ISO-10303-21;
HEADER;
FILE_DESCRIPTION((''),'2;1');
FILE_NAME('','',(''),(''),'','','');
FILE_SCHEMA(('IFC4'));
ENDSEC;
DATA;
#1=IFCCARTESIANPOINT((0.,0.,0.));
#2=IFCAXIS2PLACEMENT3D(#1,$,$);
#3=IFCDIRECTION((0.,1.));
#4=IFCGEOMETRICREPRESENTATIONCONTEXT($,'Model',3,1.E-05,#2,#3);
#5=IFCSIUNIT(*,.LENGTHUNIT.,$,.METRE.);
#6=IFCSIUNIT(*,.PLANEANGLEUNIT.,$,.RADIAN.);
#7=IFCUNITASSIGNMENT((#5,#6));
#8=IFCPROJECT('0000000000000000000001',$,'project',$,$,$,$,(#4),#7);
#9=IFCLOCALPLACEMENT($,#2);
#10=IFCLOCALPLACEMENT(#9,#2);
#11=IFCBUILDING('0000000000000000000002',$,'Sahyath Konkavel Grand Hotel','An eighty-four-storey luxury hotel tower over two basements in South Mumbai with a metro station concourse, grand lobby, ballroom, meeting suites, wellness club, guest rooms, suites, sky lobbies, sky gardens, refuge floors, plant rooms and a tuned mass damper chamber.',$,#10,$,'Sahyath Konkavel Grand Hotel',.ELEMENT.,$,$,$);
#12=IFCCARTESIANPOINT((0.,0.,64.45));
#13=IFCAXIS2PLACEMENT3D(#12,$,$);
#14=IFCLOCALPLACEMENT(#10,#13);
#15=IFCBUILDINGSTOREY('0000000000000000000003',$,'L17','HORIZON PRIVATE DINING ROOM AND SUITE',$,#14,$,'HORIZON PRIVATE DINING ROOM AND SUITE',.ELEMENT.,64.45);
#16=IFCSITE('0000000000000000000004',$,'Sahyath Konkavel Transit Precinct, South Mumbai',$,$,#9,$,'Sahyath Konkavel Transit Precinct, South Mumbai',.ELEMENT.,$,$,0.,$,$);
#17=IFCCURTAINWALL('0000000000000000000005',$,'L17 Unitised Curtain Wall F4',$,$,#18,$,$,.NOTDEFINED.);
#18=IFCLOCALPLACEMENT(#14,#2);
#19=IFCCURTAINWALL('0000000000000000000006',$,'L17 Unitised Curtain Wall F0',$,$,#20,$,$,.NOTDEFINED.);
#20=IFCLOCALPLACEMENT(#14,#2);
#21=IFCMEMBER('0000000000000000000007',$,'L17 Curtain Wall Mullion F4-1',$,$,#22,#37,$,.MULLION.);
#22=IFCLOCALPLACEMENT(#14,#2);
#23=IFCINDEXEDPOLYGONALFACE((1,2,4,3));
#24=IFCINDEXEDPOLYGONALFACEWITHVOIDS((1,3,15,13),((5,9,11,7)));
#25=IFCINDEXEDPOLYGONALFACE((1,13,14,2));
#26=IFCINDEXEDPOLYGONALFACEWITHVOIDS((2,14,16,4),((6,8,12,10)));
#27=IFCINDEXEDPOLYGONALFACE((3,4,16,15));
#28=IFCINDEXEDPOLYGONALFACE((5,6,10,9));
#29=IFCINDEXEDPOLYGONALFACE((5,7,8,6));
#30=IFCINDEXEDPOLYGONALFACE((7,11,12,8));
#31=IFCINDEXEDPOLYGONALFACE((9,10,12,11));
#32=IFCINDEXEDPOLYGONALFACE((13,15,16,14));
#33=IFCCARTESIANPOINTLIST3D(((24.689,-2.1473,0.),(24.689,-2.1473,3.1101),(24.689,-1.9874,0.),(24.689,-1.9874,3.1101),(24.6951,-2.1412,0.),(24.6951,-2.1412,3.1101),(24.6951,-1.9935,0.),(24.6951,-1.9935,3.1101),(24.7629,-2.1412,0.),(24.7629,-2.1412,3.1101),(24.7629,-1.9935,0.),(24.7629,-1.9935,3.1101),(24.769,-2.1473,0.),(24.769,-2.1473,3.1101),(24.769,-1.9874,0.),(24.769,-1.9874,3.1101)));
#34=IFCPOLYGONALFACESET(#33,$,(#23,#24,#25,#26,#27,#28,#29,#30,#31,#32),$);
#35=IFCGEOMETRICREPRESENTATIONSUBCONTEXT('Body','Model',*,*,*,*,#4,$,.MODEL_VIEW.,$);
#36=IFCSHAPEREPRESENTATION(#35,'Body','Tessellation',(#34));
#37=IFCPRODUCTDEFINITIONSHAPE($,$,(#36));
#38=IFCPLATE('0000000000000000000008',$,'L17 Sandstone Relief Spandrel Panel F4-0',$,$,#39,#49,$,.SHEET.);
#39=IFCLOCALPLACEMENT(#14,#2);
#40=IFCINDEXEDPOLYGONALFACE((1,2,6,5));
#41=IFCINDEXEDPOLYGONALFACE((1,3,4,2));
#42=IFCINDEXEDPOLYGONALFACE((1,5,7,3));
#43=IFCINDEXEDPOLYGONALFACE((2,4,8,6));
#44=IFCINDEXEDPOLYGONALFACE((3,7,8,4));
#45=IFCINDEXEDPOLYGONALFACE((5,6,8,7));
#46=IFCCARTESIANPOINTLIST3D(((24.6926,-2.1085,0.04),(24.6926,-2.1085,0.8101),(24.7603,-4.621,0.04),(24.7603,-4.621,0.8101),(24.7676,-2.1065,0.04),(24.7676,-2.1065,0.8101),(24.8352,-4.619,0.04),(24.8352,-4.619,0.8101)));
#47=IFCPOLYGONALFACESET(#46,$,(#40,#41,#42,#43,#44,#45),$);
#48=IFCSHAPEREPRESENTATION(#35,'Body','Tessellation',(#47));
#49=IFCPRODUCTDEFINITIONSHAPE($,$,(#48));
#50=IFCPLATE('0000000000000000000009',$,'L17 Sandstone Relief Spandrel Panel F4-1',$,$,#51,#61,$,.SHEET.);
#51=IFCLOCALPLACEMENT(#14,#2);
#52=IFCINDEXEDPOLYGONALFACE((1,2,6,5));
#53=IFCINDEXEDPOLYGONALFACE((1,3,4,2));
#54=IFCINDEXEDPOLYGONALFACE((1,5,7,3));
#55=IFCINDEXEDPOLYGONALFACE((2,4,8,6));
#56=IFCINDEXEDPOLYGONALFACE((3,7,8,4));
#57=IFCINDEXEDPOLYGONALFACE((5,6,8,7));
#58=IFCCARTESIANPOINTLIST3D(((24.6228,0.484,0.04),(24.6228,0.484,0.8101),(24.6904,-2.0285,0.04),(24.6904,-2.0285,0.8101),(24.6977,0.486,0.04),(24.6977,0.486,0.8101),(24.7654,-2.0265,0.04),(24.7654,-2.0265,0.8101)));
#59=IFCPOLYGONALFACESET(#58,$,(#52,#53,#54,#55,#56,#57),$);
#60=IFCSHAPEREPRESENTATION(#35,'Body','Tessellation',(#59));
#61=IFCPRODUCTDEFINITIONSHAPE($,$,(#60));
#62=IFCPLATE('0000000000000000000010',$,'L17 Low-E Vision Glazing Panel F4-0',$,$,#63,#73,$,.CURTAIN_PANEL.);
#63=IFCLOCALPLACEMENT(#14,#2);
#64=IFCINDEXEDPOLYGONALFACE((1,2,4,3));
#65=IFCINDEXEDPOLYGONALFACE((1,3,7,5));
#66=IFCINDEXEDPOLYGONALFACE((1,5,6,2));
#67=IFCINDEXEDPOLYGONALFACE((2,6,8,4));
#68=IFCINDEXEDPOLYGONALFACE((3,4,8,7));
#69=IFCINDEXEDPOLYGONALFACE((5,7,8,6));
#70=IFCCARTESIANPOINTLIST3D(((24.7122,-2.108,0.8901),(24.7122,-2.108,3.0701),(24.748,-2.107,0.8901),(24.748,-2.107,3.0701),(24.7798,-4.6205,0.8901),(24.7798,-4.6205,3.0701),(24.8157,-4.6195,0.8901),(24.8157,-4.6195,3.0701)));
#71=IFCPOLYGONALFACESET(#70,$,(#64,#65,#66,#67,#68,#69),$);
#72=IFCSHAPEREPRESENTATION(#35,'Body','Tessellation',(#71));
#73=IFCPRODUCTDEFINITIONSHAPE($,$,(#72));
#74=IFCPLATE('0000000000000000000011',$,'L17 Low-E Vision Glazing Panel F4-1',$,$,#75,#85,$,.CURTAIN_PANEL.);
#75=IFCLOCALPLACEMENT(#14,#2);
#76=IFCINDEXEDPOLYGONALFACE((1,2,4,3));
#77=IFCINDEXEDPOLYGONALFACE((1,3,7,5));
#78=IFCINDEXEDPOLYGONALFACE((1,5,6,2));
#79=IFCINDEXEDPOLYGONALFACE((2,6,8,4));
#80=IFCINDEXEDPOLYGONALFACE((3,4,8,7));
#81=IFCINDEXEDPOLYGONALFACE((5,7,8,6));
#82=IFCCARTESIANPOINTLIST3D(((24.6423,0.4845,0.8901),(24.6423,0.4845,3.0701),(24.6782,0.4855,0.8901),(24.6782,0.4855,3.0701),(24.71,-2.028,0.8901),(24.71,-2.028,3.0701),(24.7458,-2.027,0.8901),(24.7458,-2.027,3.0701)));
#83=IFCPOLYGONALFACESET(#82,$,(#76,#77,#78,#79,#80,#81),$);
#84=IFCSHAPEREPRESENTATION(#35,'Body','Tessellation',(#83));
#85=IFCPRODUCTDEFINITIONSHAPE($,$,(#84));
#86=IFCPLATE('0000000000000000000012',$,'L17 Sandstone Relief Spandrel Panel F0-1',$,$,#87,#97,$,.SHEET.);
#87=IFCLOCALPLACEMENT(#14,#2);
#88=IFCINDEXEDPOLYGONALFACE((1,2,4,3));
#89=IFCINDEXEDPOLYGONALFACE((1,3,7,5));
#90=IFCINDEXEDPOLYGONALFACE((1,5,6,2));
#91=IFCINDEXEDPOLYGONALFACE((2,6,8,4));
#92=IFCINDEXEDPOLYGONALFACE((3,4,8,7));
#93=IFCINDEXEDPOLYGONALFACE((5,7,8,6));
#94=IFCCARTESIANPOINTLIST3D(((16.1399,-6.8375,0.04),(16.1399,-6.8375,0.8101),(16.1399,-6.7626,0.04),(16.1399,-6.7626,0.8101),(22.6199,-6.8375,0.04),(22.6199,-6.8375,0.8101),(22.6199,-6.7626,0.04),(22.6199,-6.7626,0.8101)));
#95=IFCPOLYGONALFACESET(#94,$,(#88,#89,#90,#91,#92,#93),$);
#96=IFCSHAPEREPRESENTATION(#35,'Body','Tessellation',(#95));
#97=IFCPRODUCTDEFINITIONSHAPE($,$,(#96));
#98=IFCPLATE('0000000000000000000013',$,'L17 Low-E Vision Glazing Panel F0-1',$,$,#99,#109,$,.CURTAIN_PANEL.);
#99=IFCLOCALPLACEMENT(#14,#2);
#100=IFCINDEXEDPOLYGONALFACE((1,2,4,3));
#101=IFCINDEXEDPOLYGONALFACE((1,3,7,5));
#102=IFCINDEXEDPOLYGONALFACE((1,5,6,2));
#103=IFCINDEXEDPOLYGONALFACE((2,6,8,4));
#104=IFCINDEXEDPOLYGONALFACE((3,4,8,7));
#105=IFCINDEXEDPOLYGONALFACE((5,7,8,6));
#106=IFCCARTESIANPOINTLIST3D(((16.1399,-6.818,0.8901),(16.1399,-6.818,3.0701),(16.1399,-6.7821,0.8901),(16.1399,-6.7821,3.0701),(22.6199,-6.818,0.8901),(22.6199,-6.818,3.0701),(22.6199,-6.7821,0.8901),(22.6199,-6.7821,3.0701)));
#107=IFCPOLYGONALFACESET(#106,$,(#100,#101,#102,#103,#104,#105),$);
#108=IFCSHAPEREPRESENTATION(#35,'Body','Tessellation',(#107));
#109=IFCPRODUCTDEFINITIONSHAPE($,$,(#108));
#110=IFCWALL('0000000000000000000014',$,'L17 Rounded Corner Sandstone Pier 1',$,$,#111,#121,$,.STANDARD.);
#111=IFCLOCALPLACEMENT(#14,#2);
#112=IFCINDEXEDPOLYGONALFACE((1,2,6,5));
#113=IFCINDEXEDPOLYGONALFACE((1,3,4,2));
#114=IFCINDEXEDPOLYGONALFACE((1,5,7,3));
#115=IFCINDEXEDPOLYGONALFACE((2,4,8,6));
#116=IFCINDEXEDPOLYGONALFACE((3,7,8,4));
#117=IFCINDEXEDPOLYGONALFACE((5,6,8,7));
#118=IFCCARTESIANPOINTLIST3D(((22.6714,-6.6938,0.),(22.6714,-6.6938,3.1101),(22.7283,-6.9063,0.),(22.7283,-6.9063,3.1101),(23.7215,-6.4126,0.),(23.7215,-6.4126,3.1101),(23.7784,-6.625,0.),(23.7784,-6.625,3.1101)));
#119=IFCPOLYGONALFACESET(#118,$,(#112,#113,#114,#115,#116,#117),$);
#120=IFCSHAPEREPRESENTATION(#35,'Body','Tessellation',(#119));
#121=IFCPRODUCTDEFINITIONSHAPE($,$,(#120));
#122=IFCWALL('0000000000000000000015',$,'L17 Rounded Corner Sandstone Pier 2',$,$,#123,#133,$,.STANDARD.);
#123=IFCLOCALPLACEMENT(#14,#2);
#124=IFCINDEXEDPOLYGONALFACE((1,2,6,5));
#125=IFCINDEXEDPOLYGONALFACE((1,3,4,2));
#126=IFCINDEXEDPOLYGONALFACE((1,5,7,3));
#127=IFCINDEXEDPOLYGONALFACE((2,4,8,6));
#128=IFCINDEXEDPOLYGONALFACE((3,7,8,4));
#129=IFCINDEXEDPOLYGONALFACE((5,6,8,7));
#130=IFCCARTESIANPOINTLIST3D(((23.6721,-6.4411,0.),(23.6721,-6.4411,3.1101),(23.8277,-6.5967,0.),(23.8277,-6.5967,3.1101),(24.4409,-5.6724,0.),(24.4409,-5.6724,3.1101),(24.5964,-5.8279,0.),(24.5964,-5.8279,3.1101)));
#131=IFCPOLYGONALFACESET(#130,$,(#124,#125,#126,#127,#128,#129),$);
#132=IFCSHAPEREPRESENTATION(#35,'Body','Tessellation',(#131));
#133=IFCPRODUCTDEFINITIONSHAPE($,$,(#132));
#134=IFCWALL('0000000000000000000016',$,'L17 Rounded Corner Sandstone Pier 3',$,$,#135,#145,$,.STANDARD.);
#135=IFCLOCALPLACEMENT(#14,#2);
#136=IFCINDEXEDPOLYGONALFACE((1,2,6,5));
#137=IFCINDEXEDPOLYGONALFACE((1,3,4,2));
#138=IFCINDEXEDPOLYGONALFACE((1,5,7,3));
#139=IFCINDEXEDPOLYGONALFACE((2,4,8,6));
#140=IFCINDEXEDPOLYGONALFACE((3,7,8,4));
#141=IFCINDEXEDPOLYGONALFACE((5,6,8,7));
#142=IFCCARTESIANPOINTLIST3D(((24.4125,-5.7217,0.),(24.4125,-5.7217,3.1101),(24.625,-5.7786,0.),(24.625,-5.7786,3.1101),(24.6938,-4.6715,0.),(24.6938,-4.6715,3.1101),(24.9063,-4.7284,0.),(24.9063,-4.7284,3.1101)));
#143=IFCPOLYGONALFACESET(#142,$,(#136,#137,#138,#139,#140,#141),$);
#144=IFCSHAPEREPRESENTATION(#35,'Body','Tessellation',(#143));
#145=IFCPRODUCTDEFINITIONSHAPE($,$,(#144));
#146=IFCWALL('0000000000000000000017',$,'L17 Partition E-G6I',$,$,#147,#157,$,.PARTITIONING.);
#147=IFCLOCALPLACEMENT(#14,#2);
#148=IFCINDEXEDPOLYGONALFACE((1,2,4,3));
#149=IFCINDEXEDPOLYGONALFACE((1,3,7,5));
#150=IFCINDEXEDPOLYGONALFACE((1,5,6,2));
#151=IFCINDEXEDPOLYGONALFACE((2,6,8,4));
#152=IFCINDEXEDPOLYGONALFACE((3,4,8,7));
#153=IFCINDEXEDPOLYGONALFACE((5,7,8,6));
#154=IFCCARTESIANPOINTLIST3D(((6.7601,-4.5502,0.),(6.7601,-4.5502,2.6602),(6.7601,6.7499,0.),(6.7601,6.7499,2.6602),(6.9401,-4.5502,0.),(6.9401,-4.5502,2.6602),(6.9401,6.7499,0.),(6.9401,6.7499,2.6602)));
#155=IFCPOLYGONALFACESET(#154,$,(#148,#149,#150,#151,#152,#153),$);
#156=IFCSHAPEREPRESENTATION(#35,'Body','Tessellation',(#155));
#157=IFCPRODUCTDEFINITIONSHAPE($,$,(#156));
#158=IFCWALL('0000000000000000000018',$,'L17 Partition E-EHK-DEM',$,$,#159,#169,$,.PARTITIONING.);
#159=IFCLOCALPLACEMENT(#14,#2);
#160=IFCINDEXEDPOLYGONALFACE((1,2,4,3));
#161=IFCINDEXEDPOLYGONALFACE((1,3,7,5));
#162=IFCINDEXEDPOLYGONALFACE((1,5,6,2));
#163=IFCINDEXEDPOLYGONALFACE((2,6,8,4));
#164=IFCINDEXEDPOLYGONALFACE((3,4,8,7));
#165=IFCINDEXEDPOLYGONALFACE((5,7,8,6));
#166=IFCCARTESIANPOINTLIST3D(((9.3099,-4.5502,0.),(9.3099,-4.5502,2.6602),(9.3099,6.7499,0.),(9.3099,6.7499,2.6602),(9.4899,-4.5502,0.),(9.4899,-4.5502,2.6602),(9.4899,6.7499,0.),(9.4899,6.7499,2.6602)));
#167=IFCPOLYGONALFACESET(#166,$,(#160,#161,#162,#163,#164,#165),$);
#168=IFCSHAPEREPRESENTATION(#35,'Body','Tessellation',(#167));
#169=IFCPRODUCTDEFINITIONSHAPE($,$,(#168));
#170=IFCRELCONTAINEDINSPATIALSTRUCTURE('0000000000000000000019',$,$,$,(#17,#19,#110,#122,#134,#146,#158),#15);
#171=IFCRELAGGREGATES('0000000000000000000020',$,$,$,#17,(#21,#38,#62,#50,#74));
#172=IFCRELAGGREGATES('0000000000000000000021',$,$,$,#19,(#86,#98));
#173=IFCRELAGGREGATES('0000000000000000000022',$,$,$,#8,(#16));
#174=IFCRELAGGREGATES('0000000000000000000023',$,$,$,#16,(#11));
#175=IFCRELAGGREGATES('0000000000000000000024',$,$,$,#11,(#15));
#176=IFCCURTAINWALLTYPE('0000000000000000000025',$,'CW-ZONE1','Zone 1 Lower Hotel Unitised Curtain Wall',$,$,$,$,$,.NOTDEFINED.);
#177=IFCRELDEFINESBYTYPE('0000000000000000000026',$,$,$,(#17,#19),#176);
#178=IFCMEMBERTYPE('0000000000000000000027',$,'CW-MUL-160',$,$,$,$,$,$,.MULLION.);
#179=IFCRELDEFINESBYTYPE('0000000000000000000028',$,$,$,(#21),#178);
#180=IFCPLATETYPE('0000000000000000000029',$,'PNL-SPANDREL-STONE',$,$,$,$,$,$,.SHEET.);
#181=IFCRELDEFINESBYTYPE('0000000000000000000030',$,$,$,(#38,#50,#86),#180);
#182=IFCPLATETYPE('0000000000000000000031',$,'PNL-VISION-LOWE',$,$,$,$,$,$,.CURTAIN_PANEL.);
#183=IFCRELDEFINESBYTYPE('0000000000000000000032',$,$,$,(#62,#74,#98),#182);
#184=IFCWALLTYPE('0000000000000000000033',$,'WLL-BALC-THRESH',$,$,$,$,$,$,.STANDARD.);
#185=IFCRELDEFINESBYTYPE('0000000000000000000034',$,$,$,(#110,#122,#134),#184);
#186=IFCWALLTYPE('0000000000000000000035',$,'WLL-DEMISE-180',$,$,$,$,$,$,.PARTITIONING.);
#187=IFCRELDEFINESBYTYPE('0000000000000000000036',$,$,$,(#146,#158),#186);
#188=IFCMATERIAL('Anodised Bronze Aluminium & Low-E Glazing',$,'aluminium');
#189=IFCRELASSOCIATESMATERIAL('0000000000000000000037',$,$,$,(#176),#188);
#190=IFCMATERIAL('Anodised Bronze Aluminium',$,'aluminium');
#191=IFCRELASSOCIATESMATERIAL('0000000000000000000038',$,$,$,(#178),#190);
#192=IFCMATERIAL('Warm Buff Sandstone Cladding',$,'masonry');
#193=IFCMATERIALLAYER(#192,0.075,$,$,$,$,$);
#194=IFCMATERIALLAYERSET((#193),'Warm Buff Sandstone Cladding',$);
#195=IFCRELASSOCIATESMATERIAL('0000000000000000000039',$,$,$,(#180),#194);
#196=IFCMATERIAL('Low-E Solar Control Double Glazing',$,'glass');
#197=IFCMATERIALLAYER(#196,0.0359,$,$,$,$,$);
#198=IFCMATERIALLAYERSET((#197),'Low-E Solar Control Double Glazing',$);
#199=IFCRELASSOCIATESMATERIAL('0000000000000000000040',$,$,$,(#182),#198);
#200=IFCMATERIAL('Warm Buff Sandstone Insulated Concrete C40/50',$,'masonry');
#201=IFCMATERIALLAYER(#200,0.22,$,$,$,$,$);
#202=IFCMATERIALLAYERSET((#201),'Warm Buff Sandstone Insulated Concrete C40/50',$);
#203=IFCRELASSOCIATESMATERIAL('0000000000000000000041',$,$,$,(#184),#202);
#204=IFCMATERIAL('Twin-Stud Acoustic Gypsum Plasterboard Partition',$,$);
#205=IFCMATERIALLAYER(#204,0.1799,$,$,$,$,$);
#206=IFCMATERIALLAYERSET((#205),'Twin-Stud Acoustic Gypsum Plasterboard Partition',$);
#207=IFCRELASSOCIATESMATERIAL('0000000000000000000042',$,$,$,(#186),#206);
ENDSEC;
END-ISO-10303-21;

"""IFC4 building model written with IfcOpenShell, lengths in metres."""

from ifc_helpers import new_model, si_unit, direction, frame, frame_2d, origin, origin_2d, place, context, subcontext, project, spatial, rectangle, hollow_rectangle, extrude, source, transform, mapped, material, layer, layer_set, material_profile, profile_set, type_object, element, aggregate, save


model = new_model("IFC4")

# Units and contexts
model_context = context("Model", 3, precision=1e-05, world=origin(), true_north=direction((0.0, 1.0)))
body_context = subcontext(model_context, "Body", "Model", "MODEL_VIEW")
ifc_project = project(units=[si_unit("LENGTHUNIT", "METRE"), si_unit("PLANEANGLEUNIT", "RADIAN")], contexts=[model_context])

# Site, building, storey
site_placement = place(None, origin())
site = spatial("IfcSite", under=ifc_project, at=site_placement, Name="Sahyath Konkavel Transit Precinct, South Mumbai", LongName="Sahyath Konkavel Transit Precinct, South Mumbai", CompositionType="ELEMENT", RefElevation=0.0)
building_placement = place(site_placement, origin())
building = spatial("IfcBuilding", under=site, at=building_placement, Name="Sahyath Konkavel Grand Hotel", Description="An eighty-four-storey luxury hotel tower over two basements in South Mumbai with a metro station concourse, grand lobby, ballroom, meeting suites, wellness club, guest rooms, suites, sky lobbies, sky gardens, refuge floors, plant rooms and a tuned mass damper chamber.", LongName="Sahyath Konkavel Grand Hotel", CompositionType="ELEMENT")
storey_placement = place(building_placement, frame((0.0, 0.0, 64.45)))
storey = spatial("IfcBuildingStorey", under=building, at=storey_placement, Name="L17", Description="HORIZON PRIVATE DINING ROOM AND SUITE", LongName="HORIZON PRIVATE DINING ROOM AND SUITE", CompositionType="ELEMENT", Elevation=64.45)

# Curtain wall
ifc_material_1 = material(Name="Anodised Bronze Aluminium & Low-E Glazing", Category="aluminium")
curtain_wall_type = type_object("IfcCurtainWallType", Name="CW-ZONE1", Description="Zone 1 Lower Hotel Unitised Curtain Wall", PredefinedType="NOTDEFINED", material=ifc_material_1)
curtain_wall_1_placement = place(storey_placement, origin())
curtain_wall_1 = element("IfcCurtainWall", 1, at=curtain_wall_1_placement, inside=storey, type_object=curtain_wall_type, Name="L17 Unitised Curtain Wall F4", PredefinedType="NOTDEFINED")
ifc_material_2 = material(Name="Anodised Bronze Aluminium", Category="aluminium")

# Curtain wall
curtain_wall_2_placement = place(storey_placement, origin())
curtain_wall_2 = element("IfcCurtainWall", 2, at=curtain_wall_2_placement, inside=storey, type_object=curtain_wall_type, Name="L17 Unitised Curtain Wall F0", PredefinedType="NOTDEFINED")
ifc_material_profile_1 = material_profile(ifc_material_2, hollow_rectangle(XDim=0.0801, YDim=0.1599, WallThickness=0.0061, at=origin_2d()), Name="RHS 160x80x6")
ifc_profile_set_1 = profile_set([ifc_material_profile_1], Name="Anodised Bronze Aluminium")
member_type_1 = type_object("IfcMemberType", Name="CW-MUL-160", PredefinedType="MULLION", material=ifc_profile_set_1)
shared_shape_1 = source(origin(), body_context, "Body", "SweptSolid", [
    extrude(hollow_rectangle(XDim=0.0801, YDim=0.1599, WallThickness=0.0061, at=origin_2d()), origin(), (0.0, 0.0, 1.0), 3.1101),
])

# Member
member_1_placement = place(storey_placement, frame((24.729, -2.0674, 0.0), z_axis=(0.0, 0.0, 1.0), x_axis=(1.0, 0.0, 0.0)))
member_1 = element("IfcMember", 3, at=member_1_placement, type_object=member_type_1, Name="L17 Curtain Wall Mullion F4-1", PredefinedType="MULLION", context=body_context, shape_type="MappedRepresentation", body=[
    mapped(shared_shape_1, transform((0.0, 0.0, 0.0), scale=1.0)),
])

# Plates
ifc_material_3 = material(Name="Warm Buff Sandstone Cladding", Category="masonry")
ifc_layer_1 = layer(ifc_material_3, 0.075)
ifc_layer_set_1 = layer_set([ifc_layer_1], Name="Warm Buff Sandstone Cladding")
plate_type_1 = type_object("IfcPlateType", Name="PNL-SPANDREL-STONE", PredefinedType="SHEET", material=ifc_layer_set_1)
shared_shape_2 = source(origin(), body_context, "Body", "SweptSolid", [
    extrude(rectangle(XDim=2.5134, YDim=0.075, at=origin_2d()), origin(), (0.0, 0.0, 1.0), 0.77),
])
plate_1_placement = place(storey_placement, frame((24.7639, -3.3638, 0.04), z_axis=(0.0, 0.0, 1.0), x_axis=(-0.02691, 0.999638, 0.0)))
plate_1 = element("IfcPlate", 4, at=plate_1_placement, type_object=plate_type_1, Name="L17 Sandstone Relief Spandrel Panel F4-0", PredefinedType="SHEET", context=body_context, shape_type="MappedRepresentation", body=[
    mapped(shared_shape_2, transform((0.0, 0.0, 0.0), scale=1.0)),
])
plate_2_placement = place(storey_placement, frame((24.6941, -0.7712, 0.04), z_axis=(0.0, 0.0, 1.0), x_axis=(-0.02691, 0.999638, 0.0)))
plate_2 = element("IfcPlate", 5, at=plate_2_placement, type_object=plate_type_1, Name="L17 Sandstone Relief Spandrel Panel F4-1", PredefinedType="SHEET", context=body_context, shape_type="MappedRepresentation", body=[
    mapped(shared_shape_2, transform((0.0, 0.0, 0.0), scale=1.0)),
])
ifc_material_4 = material(Name="Low-E Solar Control Double Glazing", Category="glass")
ifc_layer_2 = layer(ifc_material_4, 0.0359)
ifc_layer_set_2 = layer_set([ifc_layer_2], Name="Low-E Solar Control Double Glazing")
plate_type_2 = type_object("IfcPlateType", Name="PNL-VISION-LOWE", PredefinedType="CURTAIN_PANEL", material=ifc_layer_set_2)
shared_shape_3 = source(origin(), body_context, "Body", "SweptSolid", [
    extrude(rectangle(XDim=2.5134, YDim=0.0359, at=origin_2d()), origin(), (0.0, 0.0, 1.0), 2.1799),
])
plate_3_placement = place(storey_placement, frame((24.7639, -3.3638, 0.8901), z_axis=(0.0, 0.0, 1.0), x_axis=(-0.02691, 0.999638, 0.0)))
plate_3 = element("IfcPlate", 6, at=plate_3_placement, type_object=plate_type_2, Name="L17 Low-E Vision Glazing Panel F4-0", PredefinedType="CURTAIN_PANEL", context=body_context, shape_type="MappedRepresentation", body=[
    mapped(shared_shape_3, transform((0.0, 0.0, 0.0), scale=1.0)),
])
plate_4_placement = place(storey_placement, frame((24.6941, -0.7712, 0.8901), z_axis=(0.0, 0.0, 1.0), x_axis=(-0.02691, 0.999638, 0.0)))
plate_4 = element("IfcPlate", 7, at=plate_4_placement, type_object=plate_type_2, Name="L17 Low-E Vision Glazing Panel F4-1", PredefinedType="CURTAIN_PANEL", context=body_context, shape_type="MappedRepresentation", body=[
    mapped(shared_shape_3, transform((0.0, 0.0, 0.0), scale=1.0)),
])
aggregate(curtain_wall_1, [member_1, plate_1, plate_3, plate_2, plate_4])
shared_shape_4 = source(origin(), body_context, "Body", "SweptSolid", [
    extrude(rectangle(XDim=6.48, YDim=0.075, at=origin_2d()), origin(), (0.0, 0.0, 1.0), 0.77),
])
plate_5_placement = place(storey_placement, frame((19.3799, -6.8, 0.04), z_axis=(0.0, 0.0, 1.0), x_axis=(1.0, 0.0, 0.0)))
plate_5 = element("IfcPlate", 8, at=plate_5_placement, type_object=plate_type_1, Name="L17 Sandstone Relief Spandrel Panel F0-1", PredefinedType="SHEET", context=body_context, shape_type="MappedRepresentation", body=[
    mapped(shared_shape_4, transform((0.0, 0.0, 0.0), scale=1.0)),
])
shared_shape_5 = source(origin(), body_context, "Body", "SweptSolid", [
    extrude(rectangle(XDim=6.48, YDim=0.0359, at=origin_2d()), origin(), (0.0, 0.0, 1.0), 2.1799),
])
plate_6_placement = place(storey_placement, frame((19.3799, -6.8, 0.8901), z_axis=(0.0, 0.0, 1.0), x_axis=(1.0, 0.0, 0.0)))
plate_6 = element("IfcPlate", 9, at=plate_6_placement, type_object=plate_type_2, Name="L17 Low-E Vision Glazing Panel F0-1", PredefinedType="CURTAIN_PANEL", context=body_context, shape_type="MappedRepresentation", body=[
    mapped(shared_shape_5, transform((0.0, 0.0, 0.0), scale=1.0)),
])
aggregate(curtain_wall_2, [plate_5, plate_6])

# Walls
ifc_material_5 = material(Name="Warm Buff Sandstone Insulated Concrete C40/50", Category="masonry")
ifc_layer_3 = layer(ifc_material_5, 0.22)
ifc_layer_set_3 = layer_set([ifc_layer_3], Name="Warm Buff Sandstone Insulated Concrete C40/50")
wall_type_1 = type_object("IfcWallType", Name="WLL-BALC-THRESH", PredefinedType="STANDARD", material=ifc_layer_set_3)
for number, where, z_axis, x_axis, name in (
    (10, (22.7, -6.8, 0.0), (0.0, 0.0, 1.0), (0.965951, 0.258725, 0.0), "L17 Rounded Corner Sandstone Pier 1"),
    (11, (23.75, -6.5188, 0.0), (0.0, 0.0, 1.0), (0.707107, 0.707107, 0.0), "L17 Rounded Corner Sandstone Pier 2"),
    (12, (24.5188, -5.75, 0.0), (0.0, 0.0, 1.0), (0.258725, 0.965951, 0.0), "L17 Rounded Corner Sandstone Pier 3"),
):
    element("IfcWall", number, at=place(storey_placement, frame(where, z_axis=z_axis, x_axis=x_axis)), inside=storey, type_object=wall_type_1, Name=name, PredefinedType="STANDARD", context=body_context, shape_type="SweptSolid", body=[
        extrude(rectangle(XDim=1.0872, YDim=0.22, at=frame_2d((0.5435, 0.0))), origin(), (0.0, 0.0, 1.0), 3.1101),
    ])
ifc_material_6 = material(Name="Twin-Stud Acoustic Gypsum Plasterboard Partition")
ifc_layer_4 = layer(ifc_material_6, 0.1799)
ifc_layer_set_4 = layer_set([ifc_layer_4], Name="Twin-Stud Acoustic Gypsum Plasterboard Partition")
wall_type_2 = type_object("IfcWallType", Name="WLL-DEMISE-180", PredefinedType="PARTITIONING", material=ifc_layer_set_4)
for number, where, z_axis, x_axis, name in (
    (13, (6.8501, -4.55, 0.0), (0.0, 0.0, 1.0), (0.0, 1.0, 0.0), "L17 Partition E-G6I"),
    (14, (9.3999, -4.55, 0.0), (0.0, 0.0, 1.0), (0.0, 1.0, 0.0), "L17 Partition E-EHK-DEM"),
):
    element("IfcWall", number, at=place(storey_placement, frame(where, z_axis=z_axis, x_axis=x_axis)), inside=storey, type_object=wall_type_2, Name=name, PredefinedType="PARTITIONING", context=body_context, shape_type="SweptSolid", body=[
        extrude(rectangle(XDim=11.3, YDim=0.1799, at=frame_2d((5.6499, 0.0))), origin(), (0.0, 0.0, 1.0), 2.6602),
    ])

save(model, "model.ifc")
